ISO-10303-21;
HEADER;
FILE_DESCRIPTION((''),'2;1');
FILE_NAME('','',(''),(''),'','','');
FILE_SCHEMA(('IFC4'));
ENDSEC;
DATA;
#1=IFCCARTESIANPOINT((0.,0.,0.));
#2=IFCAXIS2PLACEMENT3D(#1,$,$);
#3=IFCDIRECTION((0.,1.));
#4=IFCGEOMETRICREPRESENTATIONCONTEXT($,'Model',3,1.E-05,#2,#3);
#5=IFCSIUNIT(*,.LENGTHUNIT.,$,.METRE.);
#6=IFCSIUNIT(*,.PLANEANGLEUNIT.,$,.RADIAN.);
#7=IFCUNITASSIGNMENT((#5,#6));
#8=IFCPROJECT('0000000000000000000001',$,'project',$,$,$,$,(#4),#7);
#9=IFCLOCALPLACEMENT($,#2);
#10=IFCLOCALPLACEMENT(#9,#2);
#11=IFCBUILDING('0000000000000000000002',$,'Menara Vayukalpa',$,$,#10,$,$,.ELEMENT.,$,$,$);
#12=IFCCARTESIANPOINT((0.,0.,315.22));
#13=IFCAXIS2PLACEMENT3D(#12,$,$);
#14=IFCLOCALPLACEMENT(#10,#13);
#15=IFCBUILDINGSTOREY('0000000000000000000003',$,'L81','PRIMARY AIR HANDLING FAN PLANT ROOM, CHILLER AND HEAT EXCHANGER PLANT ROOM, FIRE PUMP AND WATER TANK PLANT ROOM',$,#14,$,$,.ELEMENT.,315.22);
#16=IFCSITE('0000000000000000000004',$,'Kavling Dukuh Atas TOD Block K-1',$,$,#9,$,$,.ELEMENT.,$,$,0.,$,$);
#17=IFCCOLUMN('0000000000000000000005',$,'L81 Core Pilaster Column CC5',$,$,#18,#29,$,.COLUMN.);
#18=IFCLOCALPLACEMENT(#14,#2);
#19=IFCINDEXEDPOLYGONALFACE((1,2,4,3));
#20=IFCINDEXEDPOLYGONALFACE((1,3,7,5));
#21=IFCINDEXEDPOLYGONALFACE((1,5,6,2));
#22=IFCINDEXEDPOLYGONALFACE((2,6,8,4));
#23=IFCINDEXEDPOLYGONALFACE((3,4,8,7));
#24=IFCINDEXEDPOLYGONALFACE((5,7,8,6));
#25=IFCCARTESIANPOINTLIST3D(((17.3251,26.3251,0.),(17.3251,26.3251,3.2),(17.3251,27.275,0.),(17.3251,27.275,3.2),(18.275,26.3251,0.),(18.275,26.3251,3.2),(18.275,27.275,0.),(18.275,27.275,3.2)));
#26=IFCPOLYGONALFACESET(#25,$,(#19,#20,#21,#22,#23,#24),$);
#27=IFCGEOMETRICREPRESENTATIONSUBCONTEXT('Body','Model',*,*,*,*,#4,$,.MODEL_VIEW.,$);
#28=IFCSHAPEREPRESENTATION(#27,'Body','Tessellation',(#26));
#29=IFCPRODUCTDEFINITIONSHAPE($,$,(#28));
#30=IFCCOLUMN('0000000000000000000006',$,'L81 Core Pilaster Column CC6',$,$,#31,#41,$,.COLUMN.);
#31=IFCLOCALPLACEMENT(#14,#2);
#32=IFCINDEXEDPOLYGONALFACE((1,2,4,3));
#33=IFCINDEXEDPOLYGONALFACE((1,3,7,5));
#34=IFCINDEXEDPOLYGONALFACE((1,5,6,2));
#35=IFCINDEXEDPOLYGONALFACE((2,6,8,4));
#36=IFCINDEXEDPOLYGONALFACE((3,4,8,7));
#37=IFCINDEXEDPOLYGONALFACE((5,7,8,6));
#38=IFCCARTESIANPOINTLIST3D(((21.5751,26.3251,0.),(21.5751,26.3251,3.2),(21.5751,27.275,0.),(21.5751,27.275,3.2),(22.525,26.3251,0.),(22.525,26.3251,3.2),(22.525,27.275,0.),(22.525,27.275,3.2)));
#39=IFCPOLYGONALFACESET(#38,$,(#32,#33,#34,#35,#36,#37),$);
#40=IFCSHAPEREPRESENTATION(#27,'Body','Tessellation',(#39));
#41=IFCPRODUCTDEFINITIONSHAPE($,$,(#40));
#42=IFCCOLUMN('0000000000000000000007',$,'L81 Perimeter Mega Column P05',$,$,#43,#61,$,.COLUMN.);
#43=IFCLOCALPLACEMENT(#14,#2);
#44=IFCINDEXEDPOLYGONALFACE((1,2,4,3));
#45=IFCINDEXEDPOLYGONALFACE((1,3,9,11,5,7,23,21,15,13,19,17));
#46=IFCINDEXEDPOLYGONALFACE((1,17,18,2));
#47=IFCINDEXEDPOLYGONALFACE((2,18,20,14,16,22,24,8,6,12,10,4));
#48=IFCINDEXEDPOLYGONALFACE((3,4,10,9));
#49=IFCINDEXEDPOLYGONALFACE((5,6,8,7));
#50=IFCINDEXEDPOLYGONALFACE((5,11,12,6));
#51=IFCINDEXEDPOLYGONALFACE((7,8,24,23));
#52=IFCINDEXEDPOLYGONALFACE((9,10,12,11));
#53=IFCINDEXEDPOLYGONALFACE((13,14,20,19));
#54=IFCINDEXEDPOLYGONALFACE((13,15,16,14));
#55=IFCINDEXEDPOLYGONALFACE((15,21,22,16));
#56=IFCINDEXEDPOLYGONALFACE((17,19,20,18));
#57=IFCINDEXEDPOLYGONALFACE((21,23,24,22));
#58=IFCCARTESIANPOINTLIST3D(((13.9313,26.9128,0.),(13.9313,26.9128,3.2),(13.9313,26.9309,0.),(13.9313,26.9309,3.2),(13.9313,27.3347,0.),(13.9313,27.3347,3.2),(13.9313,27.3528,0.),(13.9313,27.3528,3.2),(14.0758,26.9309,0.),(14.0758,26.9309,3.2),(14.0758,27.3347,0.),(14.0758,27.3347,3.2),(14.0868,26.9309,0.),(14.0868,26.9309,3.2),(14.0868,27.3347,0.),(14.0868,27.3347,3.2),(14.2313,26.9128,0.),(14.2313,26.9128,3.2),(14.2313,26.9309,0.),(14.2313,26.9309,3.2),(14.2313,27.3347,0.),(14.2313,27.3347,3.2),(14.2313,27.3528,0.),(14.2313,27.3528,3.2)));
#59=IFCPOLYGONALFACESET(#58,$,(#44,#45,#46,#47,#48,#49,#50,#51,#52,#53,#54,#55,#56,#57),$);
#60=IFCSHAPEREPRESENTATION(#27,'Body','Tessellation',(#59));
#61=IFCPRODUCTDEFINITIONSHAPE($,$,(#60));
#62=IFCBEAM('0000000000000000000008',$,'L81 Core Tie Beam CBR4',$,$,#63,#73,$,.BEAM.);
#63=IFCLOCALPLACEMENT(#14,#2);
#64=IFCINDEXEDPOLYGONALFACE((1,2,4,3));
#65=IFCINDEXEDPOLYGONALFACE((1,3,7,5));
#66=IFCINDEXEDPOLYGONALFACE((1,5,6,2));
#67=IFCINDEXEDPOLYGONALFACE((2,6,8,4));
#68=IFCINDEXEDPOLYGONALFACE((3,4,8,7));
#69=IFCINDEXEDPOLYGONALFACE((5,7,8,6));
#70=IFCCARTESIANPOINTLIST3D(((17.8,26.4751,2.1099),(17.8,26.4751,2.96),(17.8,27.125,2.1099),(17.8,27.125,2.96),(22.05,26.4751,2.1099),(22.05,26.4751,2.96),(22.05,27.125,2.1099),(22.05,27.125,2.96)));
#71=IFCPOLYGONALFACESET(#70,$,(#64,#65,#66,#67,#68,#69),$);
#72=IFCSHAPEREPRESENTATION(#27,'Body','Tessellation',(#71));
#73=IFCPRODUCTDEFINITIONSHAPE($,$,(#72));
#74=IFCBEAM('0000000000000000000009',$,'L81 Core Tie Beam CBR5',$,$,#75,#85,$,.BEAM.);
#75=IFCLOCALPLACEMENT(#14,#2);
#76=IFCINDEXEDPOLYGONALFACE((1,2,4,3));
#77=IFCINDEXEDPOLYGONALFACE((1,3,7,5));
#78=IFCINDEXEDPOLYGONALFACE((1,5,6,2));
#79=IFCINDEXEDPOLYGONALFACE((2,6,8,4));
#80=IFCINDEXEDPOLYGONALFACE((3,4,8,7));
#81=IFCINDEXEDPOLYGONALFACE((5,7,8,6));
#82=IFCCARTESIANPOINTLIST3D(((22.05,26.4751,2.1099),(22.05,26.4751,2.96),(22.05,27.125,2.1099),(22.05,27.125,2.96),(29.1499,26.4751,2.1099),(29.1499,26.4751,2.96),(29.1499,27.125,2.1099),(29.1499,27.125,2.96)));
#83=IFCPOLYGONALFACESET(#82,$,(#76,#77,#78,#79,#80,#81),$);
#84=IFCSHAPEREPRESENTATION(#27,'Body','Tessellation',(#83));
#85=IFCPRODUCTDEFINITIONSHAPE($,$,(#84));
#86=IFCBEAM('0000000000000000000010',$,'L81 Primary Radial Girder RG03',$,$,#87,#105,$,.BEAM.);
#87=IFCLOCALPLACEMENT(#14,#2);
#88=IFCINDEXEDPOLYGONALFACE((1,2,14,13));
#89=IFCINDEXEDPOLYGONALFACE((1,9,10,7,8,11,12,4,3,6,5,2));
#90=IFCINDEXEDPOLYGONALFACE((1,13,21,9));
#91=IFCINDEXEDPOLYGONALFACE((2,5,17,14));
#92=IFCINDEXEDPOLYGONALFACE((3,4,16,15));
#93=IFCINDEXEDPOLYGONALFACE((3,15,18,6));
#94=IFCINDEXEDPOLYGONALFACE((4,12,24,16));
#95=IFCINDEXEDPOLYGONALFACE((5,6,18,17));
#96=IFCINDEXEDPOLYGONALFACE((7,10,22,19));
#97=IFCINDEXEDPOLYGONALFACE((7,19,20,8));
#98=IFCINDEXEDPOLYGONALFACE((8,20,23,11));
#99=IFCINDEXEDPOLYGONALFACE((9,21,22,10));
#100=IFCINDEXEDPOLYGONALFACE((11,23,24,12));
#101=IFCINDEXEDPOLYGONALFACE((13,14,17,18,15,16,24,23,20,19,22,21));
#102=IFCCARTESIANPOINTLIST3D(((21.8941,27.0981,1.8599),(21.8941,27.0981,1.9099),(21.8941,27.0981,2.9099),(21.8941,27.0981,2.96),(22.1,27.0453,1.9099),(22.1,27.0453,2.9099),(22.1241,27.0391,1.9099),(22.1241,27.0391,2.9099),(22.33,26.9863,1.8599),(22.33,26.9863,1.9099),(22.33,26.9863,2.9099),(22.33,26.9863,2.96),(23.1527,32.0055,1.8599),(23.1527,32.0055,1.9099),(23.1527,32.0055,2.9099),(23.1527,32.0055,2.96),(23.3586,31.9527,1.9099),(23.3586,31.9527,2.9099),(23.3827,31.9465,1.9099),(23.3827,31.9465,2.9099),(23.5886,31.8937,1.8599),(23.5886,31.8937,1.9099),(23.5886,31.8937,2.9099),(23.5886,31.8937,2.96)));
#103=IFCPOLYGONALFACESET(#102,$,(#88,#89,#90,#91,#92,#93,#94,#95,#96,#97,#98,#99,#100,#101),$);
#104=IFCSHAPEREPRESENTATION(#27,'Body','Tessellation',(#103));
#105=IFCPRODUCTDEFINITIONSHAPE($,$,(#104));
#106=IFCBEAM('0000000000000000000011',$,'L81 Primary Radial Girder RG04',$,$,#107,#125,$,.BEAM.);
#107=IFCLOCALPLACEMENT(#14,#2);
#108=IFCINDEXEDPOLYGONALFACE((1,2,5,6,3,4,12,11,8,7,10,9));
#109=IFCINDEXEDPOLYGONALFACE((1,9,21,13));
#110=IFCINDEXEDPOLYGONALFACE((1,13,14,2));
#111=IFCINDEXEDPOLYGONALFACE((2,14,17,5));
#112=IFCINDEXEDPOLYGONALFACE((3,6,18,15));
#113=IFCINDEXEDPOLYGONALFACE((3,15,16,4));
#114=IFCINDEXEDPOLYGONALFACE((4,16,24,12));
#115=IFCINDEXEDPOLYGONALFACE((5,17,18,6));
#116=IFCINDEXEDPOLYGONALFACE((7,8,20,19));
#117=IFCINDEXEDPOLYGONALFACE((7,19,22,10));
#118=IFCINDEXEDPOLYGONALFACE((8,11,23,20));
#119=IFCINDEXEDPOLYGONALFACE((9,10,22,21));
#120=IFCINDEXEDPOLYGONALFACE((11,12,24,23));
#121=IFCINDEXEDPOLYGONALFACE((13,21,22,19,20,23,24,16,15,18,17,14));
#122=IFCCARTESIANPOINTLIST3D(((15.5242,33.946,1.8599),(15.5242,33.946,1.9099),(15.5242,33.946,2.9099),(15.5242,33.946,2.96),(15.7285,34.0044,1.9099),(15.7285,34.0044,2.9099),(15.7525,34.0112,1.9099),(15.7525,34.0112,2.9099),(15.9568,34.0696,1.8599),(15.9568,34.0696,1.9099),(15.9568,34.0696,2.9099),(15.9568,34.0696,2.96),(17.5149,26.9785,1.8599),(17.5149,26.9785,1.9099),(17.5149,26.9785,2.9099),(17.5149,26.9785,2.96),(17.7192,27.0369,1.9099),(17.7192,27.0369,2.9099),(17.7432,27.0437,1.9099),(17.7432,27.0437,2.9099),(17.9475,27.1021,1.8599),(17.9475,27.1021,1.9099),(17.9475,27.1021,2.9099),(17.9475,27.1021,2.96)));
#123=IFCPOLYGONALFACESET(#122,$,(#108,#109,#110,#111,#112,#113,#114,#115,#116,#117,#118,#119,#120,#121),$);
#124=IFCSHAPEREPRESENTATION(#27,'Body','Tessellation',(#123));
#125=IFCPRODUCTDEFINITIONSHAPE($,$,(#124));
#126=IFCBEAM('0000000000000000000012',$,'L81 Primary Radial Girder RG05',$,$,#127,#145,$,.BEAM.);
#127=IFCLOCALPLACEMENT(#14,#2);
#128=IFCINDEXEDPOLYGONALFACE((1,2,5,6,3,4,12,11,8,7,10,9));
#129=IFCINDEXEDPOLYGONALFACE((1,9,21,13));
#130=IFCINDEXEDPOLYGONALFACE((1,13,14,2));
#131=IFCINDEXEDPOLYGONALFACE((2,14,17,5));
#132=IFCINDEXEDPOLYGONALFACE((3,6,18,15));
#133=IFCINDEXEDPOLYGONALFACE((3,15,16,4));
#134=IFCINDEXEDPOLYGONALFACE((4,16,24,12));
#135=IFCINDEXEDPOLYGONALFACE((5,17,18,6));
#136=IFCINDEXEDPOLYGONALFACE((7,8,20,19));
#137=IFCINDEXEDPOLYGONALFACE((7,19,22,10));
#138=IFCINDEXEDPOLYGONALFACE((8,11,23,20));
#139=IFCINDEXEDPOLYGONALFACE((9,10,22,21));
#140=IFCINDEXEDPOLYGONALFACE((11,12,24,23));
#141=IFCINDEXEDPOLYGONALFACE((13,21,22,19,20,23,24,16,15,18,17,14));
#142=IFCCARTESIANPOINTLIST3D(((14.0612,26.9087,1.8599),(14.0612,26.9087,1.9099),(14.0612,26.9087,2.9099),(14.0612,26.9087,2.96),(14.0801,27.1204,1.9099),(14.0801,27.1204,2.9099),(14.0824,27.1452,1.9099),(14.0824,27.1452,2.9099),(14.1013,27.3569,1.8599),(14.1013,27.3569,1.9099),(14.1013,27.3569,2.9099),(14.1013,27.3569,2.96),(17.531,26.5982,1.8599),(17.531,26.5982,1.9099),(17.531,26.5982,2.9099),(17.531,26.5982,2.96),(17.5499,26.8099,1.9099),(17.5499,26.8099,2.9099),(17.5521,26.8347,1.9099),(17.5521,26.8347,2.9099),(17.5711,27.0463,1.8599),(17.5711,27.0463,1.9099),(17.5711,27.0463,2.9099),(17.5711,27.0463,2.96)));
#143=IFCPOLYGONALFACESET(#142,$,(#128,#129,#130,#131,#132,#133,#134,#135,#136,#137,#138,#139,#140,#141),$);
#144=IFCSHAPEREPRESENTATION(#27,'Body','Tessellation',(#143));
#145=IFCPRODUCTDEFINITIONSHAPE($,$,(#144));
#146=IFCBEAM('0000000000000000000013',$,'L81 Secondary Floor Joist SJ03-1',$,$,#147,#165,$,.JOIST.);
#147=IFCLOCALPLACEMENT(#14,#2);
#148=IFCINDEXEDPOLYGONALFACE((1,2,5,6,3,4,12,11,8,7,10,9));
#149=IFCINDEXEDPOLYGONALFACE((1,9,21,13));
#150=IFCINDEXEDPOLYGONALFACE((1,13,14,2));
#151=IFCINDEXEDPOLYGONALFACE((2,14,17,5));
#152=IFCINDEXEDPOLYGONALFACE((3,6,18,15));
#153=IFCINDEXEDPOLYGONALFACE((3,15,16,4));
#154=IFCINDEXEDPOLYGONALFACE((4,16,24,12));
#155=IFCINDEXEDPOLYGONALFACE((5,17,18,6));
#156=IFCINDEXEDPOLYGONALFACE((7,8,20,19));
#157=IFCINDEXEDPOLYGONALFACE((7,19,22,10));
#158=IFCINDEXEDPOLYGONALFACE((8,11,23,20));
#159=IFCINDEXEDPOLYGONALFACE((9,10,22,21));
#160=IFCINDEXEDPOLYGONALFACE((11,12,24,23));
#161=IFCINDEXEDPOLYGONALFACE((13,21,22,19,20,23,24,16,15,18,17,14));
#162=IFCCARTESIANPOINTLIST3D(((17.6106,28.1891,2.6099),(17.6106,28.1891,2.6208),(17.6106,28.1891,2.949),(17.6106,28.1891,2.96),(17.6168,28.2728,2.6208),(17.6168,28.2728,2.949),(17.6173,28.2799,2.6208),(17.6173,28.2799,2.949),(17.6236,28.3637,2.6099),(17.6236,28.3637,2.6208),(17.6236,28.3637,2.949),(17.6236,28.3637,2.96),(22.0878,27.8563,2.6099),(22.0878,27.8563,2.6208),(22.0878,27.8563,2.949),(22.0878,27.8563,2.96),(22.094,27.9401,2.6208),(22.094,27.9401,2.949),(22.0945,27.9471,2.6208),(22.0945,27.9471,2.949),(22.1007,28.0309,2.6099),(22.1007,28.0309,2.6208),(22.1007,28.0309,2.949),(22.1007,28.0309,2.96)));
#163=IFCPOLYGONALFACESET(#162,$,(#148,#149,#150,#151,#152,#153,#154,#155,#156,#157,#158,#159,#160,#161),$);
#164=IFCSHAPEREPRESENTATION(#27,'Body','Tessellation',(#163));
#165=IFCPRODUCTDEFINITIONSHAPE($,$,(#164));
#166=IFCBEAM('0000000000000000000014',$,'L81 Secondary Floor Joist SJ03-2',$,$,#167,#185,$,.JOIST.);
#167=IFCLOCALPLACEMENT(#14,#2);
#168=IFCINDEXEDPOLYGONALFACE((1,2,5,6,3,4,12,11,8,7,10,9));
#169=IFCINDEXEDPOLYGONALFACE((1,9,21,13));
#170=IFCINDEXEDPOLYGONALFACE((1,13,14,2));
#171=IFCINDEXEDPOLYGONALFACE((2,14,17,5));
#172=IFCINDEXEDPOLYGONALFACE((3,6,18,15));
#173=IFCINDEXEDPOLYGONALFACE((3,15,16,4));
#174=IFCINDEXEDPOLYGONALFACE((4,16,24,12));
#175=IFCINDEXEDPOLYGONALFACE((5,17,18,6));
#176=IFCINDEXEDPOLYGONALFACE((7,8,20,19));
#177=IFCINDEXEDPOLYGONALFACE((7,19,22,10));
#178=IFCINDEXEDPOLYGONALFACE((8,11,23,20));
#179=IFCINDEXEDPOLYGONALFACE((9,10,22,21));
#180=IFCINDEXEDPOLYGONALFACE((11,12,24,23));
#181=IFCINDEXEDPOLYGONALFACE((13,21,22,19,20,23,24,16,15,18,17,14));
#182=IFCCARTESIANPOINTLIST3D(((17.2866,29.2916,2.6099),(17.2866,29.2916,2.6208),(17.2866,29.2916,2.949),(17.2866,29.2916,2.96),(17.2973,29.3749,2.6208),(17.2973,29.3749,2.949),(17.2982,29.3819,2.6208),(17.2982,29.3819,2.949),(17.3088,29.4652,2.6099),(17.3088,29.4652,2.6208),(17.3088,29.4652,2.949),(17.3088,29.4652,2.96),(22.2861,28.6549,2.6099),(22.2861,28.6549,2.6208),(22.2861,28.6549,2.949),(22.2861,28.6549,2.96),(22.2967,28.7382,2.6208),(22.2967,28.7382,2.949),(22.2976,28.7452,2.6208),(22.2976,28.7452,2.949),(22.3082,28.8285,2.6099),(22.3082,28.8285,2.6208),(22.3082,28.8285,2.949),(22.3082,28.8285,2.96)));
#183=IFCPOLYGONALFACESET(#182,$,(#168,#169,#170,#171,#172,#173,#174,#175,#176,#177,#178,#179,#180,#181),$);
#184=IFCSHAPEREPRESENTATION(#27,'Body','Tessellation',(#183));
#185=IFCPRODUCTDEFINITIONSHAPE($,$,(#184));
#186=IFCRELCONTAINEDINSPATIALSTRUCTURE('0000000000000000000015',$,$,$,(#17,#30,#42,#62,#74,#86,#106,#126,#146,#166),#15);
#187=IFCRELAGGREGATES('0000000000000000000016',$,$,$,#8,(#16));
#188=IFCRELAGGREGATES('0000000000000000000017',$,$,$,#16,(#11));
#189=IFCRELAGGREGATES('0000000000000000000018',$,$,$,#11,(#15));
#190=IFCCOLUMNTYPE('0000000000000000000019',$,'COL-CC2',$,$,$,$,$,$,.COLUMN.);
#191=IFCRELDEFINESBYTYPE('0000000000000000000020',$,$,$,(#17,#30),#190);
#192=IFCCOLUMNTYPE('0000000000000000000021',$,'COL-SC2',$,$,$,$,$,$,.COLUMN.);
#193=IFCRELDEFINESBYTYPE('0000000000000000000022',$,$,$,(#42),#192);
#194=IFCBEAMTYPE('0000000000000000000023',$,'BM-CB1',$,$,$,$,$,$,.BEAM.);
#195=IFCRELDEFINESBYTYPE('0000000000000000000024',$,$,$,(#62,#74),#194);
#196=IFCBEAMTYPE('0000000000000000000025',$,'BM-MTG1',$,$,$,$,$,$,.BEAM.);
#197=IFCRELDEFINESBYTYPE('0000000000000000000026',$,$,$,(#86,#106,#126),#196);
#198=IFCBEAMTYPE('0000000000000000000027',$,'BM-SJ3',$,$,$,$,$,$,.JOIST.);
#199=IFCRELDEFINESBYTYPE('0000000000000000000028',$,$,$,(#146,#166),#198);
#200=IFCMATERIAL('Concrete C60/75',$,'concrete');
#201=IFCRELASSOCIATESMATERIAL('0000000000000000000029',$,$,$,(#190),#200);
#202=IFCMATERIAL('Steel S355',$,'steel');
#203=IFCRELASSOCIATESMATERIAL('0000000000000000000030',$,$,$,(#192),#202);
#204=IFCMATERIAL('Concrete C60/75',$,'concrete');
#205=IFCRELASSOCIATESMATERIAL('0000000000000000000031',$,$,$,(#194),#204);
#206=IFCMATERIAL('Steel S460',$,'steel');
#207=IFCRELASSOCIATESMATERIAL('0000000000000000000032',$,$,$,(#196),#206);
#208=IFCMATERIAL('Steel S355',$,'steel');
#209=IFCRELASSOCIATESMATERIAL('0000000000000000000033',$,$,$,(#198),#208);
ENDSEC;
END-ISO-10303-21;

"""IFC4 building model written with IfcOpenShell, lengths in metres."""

from ifc_helpers import new_model, si_unit, direction, frame, origin, origin_2d, place, context, subcontext, project, spatial, rectangle, i_section, extrude, material, material_profile, profile_set, type_object, element, save


model = new_model("IFC4")

# Units and contexts
model_context = context("Model", 3, precision=1e-05, world=origin(), true_north=direction((0.0, 1.0)))
body_context = subcontext(model_context, "Body", "Model", "MODEL_VIEW")
ifc_project = project(units=[si_unit("LENGTHUNIT", "METRE"), si_unit("PLANEANGLEUNIT", "RADIAN")], contexts=[model_context])

# Site, building, storey
site_placement = place(None, origin())
site = spatial("IfcSite", under=ifc_project, at=site_placement, Name="Kavling Dukuh Atas TOD Block K-1", CompositionType="ELEMENT", RefElevation=0.0)
building_placement = place(site_placement, origin())
building = spatial("IfcBuilding", under=site, at=building_placement, Name="Menara Vayukalpa", CompositionType="ELEMENT")
storey_placement = place(building_placement, frame((0.0, 0.0, 315.22)))
storey = spatial("IfcBuildingStorey", under=building, at=storey_placement, Name="L81", Description="PRIMARY AIR HANDLING FAN PLANT ROOM, CHILLER AND HEAT EXCHANGER PLANT ROOM, FIRE PUMP AND WATER TANK PLANT ROOM", CompositionType="ELEMENT", Elevation=315.22)

# Columns
ifc_material_1 = material(Name="Concrete C60/75", Category="concrete")
ifc_material_profile_1 = material_profile(ifc_material_1, rectangle(XDim=0.95, YDim=0.95, at=origin_2d()), Name="RC 950x950")
ifc_profile_set_1 = profile_set([ifc_material_profile_1], Name="Concrete C60/75")
column_type_1 = type_object("IfcColumnType", Name="COL-CC2", PredefinedType="COLUMN", material=ifc_profile_set_1)
for number, where, z_axis, x_axis, name in (
    (1, (17.8, 26.8, 0.0), (0.0, 0.0, 1.0), (1.0, 0.0, 0.0), "L81 Core Pilaster Column CC5"),
    (2, (22.05, 26.8, 0.0), (0.0, 0.0, 1.0), (1.0, 0.0, 0.0), "L81 Core Pilaster Column CC6"),
):
    element("IfcColumn", number, at=place(storey_placement, frame(where, z_axis=z_axis, x_axis=x_axis)), inside=storey, type_object=column_type_1, Name=name, PredefinedType="COLUMN", context=body_context, shape_type="SweptSolid", body=[
        extrude(rectangle(XDim=0.95, YDim=0.95, at=origin_2d()), origin(), (0.0, 0.0, 1.0), 3.2),
    ])
ifc_material_2 = material(Name="Steel S355", Category="steel")
ifc_material_profile_2 = material_profile(ifc_material_2, i_section(OverallWidth=0.3, OverallDepth=0.4399, WebThickness=0.011, FlangeThickness=0.0181, at=origin_2d()), Name="H 440x300x11x18")
ifc_profile_set_2 = profile_set([ifc_material_profile_2], Name="Steel S355")
column_type_2 = type_object("IfcColumnType", Name="COL-SC2", PredefinedType="COLUMN", material=ifc_profile_set_2)
column_placement = place(storey_placement, frame((14.0813, 27.1328, 0.0), z_axis=(0.0, 0.0, 1.0), x_axis=(1.0, 0.0, 0.0)))
element("IfcColumn", 3, at=column_placement, inside=storey, type_object=column_type_2, Name="L81 Perimeter Mega Column P05", PredefinedType="COLUMN", context=body_context, shape_type="SweptSolid", body=[
    extrude(i_section(OverallWidth=0.3, OverallDepth=0.4399, WebThickness=0.011, FlangeThickness=0.0181, at=origin_2d()), origin(), (0.0, 0.0, 1.0), 3.2),
])

# Beams
ifc_material_3 = material(Name="Concrete C60/75", Category="concrete")
ifc_material_profile_3 = material_profile(ifc_material_3, rectangle(XDim=0.6499, YDim=0.8501, at=origin_2d()), Name="RC 650x850")
ifc_profile_set_3 = profile_set([ifc_material_profile_3], Name="Concrete C60/75")
beam_type_1 = type_object("IfcBeamType", Name="BM-CB1", PredefinedType="BEAM", material=ifc_profile_set_3)
beam_1_placement = place(storey_placement, frame((17.8, 26.8, 2.5349), z_axis=(1.0, 0.0, 0.0), x_axis=(0.0, 1.0, 0.0)))
element("IfcBeam", 4, at=beam_1_placement, inside=storey, type_object=beam_type_1, Name="L81 Core Tie Beam CBR4", PredefinedType="BEAM", context=body_context, shape_type="SweptSolid", body=[
    extrude(rectangle(XDim=0.6499, YDim=0.8501, at=origin_2d()), origin(), (0.0, 0.0, 1.0), 4.25),
])
beam_2_placement = place(storey_placement, frame((22.05, 26.8, 2.5349), z_axis=(1.0, 0.0, 0.0), x_axis=(0.0, 1.0, 0.0)))
element("IfcBeam", 5, at=beam_2_placement, inside=storey, type_object=beam_type_1, Name="L81 Core Tie Beam CBR5", PredefinedType="BEAM", context=body_context, shape_type="SweptSolid", body=[
    extrude(rectangle(XDim=0.6499, YDim=0.8501, at=origin_2d()), origin(), (0.0, 0.0, 1.0), 7.0999),
])
ifc_material_4 = material(Name="Steel S460", Category="steel")
ifc_material_profile_4 = material_profile(ifc_material_4, i_section(OverallWidth=0.45, OverallDepth=1.1001, WebThickness=0.0249, FlangeThickness=0.05, at=origin_2d()), Name="WG 1100x450x25x50")
ifc_profile_set_4 = profile_set([ifc_material_profile_4], Name="Steel S460")
beam_type_2 = type_object("IfcBeamType", Name="BM-MTG1", PredefinedType="BEAM", material=ifc_profile_set_4)
beam_3_placement = place(storey_placement, frame((22.1121, 27.0422, 2.4099), z_axis=(0.248428, 0.96865, 0.0), x_axis=(-0.96865, 0.248428, 0.0)))
element("IfcBeam", 6, at=beam_3_placement, inside=storey, type_object=beam_type_2, Name="L81 Primary Radial Girder RG03", PredefinedType="BEAM", context=body_context, shape_type="SweptSolid", body=[
    extrude(i_section(OverallWidth=0.45, OverallDepth=1.1001, WebThickness=0.0249, FlangeThickness=0.05, at=origin_2d()), origin(), (0.0, 0.0, 1.0), 5.0662),
])
beam_4_placement = place(storey_placement, frame((17.7312, 27.0403, 2.4099), z_axis=(-0.274721, 0.961524, 0.0), x_axis=(-0.961524, -0.274721, 0.0)))
element("IfcBeam", 7, at=beam_4_placement, inside=storey, type_object=beam_type_2, Name="L81 Primary Radial Girder RG04", PredefinedType="BEAM", context=body_context, shape_type="SweptSolid", body=[
    extrude(i_section(OverallWidth=0.45, OverallDepth=1.1001, WebThickness=0.0249, FlangeThickness=0.05, at=origin_2d()), origin(), (0.0, 0.0, 1.0), 7.2463),
])
beam_5_placement = place(storey_placement, frame((17.551, 26.8223, 2.4099), z_axis=(-0.996019, 0.089145, 0.0), x_axis=(-0.089145, -0.996019, 0.0)))
element("IfcBeam", 8, at=beam_5_placement, inside=storey, type_object=beam_type_2, Name="L81 Primary Radial Girder RG05", PredefinedType="BEAM", context=body_context, shape_type="SweptSolid", body=[
    extrude(i_section(OverallWidth=0.45, OverallDepth=1.1001, WebThickness=0.0249, FlangeThickness=0.05, at=origin_2d()), origin(), (0.0, 0.0, 1.0), 3.4836),
])
ifc_material_5 = material(Name="Steel S355", Category="steel")
ifc_material_profile_5 = material_profile(ifc_material_5, i_section(OverallWidth=0.175, OverallDepth=0.3501, WebThickness=0.0071, FlangeThickness=0.011, at=origin_2d()), Name="WF 350x175x7x11")
ifc_profile_set_5 = profile_set([ifc_material_profile_5], Name="Steel S355")
beam_type_3 = type_object("IfcBeamType", Name="BM-SJ3", PredefinedType="JOIST", material=ifc_profile_set_5)
beam_6_placement = place(storey_placement, frame((22.0942, 27.9436, 2.7849), z_axis=(-0.997249, 0.074122, 0.0), x_axis=(-0.074122, -0.997249, 0.0)))
element("IfcBeam", 9, at=beam_6_placement, inside=storey, type_object=beam_type_3, Name="L81 Secondary Floor Joist SJ03-1", PredefinedType="JOIST", context=body_context, shape_type="SweptSolid", body=[
    extrude(i_section(OverallWidth=0.175, OverallDepth=0.3501, WebThickness=0.0071, FlangeThickness=0.011, at=origin_2d()), origin(), (0.0, 0.0, 1.0), 4.4895),
])
beam_7_placement = place(storey_placement, frame((22.2971, 28.7417, 2.7849), z_axis=(-0.991988, 0.126336, 0.0), x_axis=(-0.126336, -0.991988, 0.0)))
element("IfcBeam", 10, at=beam_7_placement, inside=storey, type_object=beam_type_3, Name="L81 Secondary Floor Joist SJ03-2", PredefinedType="JOIST", context=body_context, shape_type="SweptSolid", body=[
    extrude(i_section(OverallWidth=0.175, OverallDepth=0.3501, WebThickness=0.0071, FlangeThickness=0.011, at=origin_2d()), origin(), (0.0, 0.0, 1.0), 5.0398),
])

save(model, "model.ifc")
